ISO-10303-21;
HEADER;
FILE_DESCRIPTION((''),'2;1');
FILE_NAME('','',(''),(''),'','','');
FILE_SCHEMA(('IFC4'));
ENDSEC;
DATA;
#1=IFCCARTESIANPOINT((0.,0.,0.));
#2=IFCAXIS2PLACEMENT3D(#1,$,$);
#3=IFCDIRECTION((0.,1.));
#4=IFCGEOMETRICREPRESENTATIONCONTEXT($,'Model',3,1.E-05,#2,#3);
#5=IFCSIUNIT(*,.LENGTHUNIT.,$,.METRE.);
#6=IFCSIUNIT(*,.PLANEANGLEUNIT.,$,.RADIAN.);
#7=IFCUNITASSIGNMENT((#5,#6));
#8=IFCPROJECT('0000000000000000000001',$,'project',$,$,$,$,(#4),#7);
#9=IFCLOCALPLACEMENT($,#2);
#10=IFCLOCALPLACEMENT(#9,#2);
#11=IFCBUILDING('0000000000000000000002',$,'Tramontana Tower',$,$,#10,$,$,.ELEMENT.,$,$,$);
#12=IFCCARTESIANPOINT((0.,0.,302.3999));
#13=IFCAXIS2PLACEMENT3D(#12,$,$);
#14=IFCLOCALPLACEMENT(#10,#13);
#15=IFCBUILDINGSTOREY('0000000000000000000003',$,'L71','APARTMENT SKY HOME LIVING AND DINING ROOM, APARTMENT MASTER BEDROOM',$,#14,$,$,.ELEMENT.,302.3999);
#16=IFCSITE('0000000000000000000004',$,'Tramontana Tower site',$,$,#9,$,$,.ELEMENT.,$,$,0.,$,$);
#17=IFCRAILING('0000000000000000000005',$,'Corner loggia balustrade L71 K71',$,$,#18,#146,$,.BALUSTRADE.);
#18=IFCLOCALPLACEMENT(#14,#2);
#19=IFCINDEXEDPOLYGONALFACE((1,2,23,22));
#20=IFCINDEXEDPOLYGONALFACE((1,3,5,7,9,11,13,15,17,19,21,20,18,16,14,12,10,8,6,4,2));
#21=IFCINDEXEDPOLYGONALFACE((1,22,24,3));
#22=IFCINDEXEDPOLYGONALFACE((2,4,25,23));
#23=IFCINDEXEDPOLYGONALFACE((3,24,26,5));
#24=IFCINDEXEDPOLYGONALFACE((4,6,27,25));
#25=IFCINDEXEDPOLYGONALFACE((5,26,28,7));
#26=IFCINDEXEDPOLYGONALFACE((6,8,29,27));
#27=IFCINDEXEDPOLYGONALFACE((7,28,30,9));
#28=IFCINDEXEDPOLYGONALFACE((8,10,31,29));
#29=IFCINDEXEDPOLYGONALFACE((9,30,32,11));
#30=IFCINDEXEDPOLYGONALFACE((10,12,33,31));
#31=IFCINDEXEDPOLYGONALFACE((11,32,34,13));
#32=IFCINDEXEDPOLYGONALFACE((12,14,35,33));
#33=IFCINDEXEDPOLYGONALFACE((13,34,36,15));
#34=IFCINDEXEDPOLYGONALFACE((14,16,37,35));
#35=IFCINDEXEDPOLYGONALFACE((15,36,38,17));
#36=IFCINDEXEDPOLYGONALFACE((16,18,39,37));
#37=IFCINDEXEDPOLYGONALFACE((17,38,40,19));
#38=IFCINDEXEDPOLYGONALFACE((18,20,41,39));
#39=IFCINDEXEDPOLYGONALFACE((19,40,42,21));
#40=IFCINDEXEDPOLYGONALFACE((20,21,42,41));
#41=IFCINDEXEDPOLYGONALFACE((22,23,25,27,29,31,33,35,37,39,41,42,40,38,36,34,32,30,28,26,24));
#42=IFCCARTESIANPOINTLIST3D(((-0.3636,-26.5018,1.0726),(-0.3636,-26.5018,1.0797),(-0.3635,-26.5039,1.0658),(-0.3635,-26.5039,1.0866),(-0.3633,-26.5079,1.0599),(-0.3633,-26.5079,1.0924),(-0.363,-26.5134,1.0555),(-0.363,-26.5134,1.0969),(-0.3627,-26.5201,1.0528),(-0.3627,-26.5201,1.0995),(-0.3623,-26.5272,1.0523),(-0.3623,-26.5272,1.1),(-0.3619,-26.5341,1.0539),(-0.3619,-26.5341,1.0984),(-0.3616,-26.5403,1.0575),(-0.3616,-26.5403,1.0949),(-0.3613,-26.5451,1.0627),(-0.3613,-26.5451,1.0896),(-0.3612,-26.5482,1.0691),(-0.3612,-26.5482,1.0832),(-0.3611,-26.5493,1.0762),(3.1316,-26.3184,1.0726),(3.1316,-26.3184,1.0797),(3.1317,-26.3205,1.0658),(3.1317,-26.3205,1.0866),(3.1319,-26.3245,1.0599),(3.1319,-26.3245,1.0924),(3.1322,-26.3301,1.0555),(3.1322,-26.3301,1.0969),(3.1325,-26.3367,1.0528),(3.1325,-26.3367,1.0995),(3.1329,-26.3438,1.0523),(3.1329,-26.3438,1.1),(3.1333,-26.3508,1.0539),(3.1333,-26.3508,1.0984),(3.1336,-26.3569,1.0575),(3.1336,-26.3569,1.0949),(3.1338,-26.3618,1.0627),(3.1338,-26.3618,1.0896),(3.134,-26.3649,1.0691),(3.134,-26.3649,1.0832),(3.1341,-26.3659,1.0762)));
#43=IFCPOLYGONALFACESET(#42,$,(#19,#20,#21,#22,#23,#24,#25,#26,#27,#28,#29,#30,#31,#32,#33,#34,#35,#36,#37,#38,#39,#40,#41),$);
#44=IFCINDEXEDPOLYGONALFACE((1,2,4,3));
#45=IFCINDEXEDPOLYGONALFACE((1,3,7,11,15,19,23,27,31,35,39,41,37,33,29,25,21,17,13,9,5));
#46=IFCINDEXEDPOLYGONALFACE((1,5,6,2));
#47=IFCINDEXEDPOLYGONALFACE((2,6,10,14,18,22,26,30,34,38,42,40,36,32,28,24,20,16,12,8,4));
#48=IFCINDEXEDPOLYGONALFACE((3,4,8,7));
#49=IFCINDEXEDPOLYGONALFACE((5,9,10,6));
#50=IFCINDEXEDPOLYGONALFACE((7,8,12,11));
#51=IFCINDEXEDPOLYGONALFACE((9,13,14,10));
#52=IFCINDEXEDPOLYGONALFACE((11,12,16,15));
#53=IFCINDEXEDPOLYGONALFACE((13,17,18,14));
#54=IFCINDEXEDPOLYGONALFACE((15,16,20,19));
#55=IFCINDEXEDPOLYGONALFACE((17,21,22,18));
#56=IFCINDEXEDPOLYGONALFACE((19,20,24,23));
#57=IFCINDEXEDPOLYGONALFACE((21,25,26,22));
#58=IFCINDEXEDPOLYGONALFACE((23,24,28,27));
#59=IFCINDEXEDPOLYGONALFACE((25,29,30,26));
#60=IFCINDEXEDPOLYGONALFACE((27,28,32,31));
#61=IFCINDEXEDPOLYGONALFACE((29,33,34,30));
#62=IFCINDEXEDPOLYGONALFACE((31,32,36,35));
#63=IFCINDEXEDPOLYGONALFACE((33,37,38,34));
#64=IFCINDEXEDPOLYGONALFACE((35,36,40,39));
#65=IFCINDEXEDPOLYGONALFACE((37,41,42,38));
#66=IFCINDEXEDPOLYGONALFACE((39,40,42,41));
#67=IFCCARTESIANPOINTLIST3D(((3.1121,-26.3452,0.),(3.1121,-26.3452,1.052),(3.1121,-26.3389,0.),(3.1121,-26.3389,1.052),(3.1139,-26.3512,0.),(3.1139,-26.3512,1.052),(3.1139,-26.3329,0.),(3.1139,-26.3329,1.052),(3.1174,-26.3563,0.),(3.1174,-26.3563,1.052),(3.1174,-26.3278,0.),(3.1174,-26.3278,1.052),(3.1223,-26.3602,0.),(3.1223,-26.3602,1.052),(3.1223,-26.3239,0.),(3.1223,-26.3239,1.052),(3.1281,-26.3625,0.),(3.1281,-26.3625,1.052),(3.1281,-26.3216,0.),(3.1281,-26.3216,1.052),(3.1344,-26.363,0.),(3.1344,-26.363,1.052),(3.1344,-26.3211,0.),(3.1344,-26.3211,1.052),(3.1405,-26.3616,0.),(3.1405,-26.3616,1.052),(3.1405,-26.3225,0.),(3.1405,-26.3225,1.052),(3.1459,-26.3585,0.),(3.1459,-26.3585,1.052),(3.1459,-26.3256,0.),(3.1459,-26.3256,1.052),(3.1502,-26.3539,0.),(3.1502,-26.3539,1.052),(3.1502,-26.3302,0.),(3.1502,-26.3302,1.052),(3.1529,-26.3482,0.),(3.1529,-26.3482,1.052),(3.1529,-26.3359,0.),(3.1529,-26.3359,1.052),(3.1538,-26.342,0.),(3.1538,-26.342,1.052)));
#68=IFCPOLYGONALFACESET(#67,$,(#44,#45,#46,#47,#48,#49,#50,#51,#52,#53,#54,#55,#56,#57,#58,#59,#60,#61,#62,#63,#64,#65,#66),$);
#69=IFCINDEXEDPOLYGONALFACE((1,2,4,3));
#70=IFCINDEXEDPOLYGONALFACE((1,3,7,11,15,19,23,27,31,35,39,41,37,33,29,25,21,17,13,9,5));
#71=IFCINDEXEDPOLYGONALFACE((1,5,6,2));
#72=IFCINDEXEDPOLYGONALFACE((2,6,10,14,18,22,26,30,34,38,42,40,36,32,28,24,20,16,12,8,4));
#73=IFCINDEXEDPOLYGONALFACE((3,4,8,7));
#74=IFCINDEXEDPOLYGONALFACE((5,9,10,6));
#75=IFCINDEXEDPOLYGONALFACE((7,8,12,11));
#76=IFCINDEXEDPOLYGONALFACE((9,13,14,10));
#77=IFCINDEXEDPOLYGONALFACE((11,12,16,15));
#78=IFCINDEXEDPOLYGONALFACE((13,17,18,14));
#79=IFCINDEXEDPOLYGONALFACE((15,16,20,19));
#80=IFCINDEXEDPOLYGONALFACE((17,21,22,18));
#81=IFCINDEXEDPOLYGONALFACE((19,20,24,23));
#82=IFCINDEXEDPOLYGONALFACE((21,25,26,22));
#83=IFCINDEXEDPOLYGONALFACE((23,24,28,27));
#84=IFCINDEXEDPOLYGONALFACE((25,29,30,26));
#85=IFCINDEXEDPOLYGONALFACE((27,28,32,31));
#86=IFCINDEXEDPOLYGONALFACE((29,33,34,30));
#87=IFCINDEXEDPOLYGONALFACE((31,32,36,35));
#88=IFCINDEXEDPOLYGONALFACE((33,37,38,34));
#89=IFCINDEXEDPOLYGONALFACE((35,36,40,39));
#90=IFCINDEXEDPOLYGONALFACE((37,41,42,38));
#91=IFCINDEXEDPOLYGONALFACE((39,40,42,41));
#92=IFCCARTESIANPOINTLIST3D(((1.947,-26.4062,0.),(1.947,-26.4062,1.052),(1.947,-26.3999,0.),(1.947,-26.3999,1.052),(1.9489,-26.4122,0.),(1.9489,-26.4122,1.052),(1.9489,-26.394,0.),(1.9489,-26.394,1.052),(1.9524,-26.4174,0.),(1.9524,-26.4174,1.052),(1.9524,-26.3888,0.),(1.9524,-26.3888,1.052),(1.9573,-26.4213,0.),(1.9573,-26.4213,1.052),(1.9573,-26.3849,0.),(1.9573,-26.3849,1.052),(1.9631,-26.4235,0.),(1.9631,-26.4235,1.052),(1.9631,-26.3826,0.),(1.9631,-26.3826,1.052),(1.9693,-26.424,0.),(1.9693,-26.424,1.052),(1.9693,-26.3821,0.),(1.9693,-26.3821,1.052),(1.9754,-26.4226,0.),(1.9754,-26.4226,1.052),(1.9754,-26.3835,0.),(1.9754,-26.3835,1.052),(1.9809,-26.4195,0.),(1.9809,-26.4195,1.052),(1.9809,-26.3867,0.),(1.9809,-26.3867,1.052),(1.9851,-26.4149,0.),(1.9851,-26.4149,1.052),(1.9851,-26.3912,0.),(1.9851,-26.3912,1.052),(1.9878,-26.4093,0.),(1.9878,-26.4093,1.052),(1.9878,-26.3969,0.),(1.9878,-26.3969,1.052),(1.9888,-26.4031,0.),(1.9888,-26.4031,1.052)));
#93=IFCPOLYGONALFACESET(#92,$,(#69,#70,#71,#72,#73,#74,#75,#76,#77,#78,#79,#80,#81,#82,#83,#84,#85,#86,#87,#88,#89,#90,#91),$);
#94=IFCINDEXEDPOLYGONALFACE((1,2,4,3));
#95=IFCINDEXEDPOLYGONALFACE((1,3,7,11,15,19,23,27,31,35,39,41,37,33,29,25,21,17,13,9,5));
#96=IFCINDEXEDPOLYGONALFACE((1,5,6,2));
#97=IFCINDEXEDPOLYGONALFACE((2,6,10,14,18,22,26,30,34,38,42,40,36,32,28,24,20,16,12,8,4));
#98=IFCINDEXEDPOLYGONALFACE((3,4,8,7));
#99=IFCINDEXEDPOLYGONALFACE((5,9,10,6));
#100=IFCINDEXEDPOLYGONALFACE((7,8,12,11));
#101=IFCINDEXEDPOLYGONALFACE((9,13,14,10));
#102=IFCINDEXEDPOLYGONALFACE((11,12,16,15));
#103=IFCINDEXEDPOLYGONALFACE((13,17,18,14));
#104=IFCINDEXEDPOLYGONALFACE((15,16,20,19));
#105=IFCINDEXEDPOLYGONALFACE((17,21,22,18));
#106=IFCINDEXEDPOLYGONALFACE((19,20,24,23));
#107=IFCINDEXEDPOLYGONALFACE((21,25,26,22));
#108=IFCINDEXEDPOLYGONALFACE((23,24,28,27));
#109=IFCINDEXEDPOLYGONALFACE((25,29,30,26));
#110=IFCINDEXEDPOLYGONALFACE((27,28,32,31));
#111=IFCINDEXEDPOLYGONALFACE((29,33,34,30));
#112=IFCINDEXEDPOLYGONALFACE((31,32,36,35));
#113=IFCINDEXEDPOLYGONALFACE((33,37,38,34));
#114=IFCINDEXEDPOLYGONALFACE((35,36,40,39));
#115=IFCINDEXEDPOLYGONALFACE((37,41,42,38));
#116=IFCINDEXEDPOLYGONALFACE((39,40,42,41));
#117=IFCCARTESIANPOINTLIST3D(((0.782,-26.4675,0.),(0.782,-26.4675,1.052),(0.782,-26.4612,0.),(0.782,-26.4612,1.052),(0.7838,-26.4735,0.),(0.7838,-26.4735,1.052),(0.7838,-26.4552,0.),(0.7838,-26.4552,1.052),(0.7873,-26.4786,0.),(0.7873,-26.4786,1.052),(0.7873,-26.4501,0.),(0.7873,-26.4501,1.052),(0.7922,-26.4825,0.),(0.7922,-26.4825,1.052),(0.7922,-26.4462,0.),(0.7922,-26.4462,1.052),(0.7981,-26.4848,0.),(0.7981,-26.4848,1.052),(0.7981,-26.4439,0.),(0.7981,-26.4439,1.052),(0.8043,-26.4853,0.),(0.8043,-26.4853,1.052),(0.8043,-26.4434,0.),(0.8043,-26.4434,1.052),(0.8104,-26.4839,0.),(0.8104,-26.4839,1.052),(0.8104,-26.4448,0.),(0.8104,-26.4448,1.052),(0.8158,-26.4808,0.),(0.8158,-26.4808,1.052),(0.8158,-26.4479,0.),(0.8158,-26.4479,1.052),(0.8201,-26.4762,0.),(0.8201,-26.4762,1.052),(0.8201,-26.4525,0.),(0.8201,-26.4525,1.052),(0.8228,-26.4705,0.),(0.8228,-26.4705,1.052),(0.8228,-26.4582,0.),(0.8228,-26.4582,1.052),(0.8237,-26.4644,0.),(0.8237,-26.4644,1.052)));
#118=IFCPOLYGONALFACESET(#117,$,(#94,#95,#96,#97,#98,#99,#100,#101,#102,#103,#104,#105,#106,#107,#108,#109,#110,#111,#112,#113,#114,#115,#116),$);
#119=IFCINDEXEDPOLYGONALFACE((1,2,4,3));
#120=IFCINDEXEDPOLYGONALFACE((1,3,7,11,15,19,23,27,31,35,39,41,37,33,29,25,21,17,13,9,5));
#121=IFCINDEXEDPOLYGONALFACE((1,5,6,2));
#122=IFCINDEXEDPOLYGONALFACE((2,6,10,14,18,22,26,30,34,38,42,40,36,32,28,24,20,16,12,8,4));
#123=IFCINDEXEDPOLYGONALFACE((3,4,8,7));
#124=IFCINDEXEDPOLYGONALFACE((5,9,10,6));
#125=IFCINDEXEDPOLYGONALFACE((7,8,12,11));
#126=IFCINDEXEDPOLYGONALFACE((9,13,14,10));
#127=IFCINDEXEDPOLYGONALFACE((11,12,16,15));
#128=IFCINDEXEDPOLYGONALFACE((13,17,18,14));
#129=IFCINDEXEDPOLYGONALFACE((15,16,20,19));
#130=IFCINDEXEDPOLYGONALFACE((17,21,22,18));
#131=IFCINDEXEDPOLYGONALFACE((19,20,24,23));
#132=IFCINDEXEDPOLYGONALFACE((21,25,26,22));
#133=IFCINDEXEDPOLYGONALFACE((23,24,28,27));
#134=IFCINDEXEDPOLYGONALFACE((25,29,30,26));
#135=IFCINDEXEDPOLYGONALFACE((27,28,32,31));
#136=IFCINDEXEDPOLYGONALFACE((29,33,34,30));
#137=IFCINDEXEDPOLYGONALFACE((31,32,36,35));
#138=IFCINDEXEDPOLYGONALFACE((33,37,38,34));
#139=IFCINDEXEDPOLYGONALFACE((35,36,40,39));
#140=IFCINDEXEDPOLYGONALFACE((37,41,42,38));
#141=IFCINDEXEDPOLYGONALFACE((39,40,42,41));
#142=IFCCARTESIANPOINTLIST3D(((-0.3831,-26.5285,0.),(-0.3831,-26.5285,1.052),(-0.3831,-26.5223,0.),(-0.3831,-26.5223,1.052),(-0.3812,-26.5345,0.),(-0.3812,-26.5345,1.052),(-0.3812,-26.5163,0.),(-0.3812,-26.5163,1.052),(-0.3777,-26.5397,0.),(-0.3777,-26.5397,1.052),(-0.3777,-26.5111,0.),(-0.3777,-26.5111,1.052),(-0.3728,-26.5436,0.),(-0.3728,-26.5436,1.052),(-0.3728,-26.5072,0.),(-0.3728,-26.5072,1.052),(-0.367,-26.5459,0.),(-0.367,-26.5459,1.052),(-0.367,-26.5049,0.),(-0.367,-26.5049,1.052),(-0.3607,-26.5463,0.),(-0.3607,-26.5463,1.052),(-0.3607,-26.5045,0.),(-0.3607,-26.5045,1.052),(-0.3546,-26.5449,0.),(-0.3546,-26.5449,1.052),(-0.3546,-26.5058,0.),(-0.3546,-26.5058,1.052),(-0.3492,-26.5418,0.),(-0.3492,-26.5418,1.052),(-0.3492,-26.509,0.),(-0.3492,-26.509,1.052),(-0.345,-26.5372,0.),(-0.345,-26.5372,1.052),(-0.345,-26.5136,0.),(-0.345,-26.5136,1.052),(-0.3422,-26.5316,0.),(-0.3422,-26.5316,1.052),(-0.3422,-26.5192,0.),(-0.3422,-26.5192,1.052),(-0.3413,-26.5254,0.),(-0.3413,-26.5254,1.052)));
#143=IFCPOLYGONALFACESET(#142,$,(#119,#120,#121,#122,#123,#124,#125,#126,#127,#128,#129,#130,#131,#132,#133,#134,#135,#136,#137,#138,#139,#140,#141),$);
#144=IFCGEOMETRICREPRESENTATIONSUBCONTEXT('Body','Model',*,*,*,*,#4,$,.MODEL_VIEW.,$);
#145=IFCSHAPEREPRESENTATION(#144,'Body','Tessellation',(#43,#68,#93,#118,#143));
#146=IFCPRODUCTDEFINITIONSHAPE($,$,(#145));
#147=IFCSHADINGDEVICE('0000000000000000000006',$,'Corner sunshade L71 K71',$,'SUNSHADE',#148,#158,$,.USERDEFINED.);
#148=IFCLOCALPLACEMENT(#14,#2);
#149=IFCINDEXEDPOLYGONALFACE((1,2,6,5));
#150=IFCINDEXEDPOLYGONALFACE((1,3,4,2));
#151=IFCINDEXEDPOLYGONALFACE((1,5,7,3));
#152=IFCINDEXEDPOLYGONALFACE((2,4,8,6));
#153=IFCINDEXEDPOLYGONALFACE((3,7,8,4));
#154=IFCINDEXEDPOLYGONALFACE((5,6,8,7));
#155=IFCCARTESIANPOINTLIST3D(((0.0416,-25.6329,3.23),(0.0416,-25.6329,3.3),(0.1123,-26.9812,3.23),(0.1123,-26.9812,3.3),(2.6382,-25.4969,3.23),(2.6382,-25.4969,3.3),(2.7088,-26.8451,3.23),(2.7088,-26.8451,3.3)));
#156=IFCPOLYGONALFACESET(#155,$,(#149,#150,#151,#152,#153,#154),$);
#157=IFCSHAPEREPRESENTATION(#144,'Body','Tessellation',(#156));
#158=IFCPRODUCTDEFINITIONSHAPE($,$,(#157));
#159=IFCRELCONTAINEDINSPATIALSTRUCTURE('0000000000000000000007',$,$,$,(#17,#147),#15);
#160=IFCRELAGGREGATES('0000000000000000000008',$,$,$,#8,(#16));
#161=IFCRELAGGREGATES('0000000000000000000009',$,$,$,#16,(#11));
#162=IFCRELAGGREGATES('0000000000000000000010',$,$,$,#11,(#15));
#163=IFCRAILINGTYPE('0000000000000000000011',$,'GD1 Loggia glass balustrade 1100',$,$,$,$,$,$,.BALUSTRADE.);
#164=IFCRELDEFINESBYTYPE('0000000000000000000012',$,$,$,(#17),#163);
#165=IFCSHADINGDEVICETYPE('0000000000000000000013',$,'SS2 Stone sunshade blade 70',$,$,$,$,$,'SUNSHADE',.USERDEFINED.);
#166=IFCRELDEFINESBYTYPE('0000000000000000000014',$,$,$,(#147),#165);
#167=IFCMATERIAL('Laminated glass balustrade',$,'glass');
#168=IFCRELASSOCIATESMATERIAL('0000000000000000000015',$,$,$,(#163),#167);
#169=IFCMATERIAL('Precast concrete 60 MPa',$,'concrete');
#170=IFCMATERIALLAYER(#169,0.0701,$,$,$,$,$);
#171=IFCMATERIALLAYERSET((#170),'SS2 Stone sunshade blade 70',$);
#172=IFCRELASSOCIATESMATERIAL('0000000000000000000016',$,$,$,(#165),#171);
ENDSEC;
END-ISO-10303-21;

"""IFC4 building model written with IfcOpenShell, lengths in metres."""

from ifc_helpers import new_model, si_unit, direction, frame, origin, origin_2d, place, context, subcontext, project, spatial, rectangle, circle, extrude, material, layer, layer_set, type_object, element, save


model = new_model("IFC4")

# Units and contexts
model_context = context("Model", 3, precision=1e-05, world=origin(), true_north=direction((0.0, 1.0)))
body_context = subcontext(model_context, "Body", "Model", "MODEL_VIEW")
ifc_project = project(units=[si_unit("LENGTHUNIT", "METRE"), si_unit("PLANEANGLEUNIT", "RADIAN")], contexts=[model_context])

# Site, building, storey
site_placement = place(None, origin())
site = spatial("IfcSite", under=ifc_project, at=site_placement, Name="Tramontana Tower site", CompositionType="ELEMENT", RefElevation=0.0)
building_placement = place(site_placement, origin())
building = spatial("IfcBuilding", under=site, at=building_placement, Name="Tramontana Tower", CompositionType="ELEMENT")
storey_placement = place(building_placement, frame((0.0, 0.0, 302.3999)))
storey = spatial("IfcBuildingStorey", under=building, at=storey_placement, Name="L71", Description="APARTMENT SKY HOME LIVING AND DINING ROOM, APARTMENT MASTER BEDROOM", CompositionType="ELEMENT", Elevation=302.3999)

# Railing
ifc_material_1 = material(Name="Laminated glass balustrade", Category="glass")
railing_type = type_object("IfcRailingType", Name="GD1 Loggia glass balustrade 1100", PredefinedType="BALUSTRADE", material=ifc_material_1)
railing_1_placement = place(storey_placement, frame((3.1328, -26.342, 0.0)))
element("IfcRailing", 1, at=railing_1_placement, inside=storey, type_object=railing_type, Name="Corner loggia balustrade L71 K71", PredefinedType="BALUSTRADE", context=body_context, shape_type="SweptSolid", body=[
    extrude(circle(Radius=0.0239, at=origin_2d()), frame((0.0, 0.0, 1.0762), z_axis=(-0.998627, -0.052387, 0.0), x_axis=(0.052387, -0.998627, 0.0)), (0.0, 0.0, 1.0), 3.5),
    extrude(circle(Radius=0.021, at=origin_2d()), origin(), (0.0, 0.0, 1.0), 1.052),
    extrude(circle(Radius=0.021, at=origin_2d()), frame((-1.165, -0.061, 0.0)), (0.0, 0.0, 1.0), 1.052),
    extrude(circle(Radius=0.021, at=origin_2d()), frame((-2.3301, -0.1223, 0.0)), (0.0, 0.0, 1.0), 1.052),
    extrude(circle(Radius=0.021, at=origin_2d()), frame((-3.4951, -0.1833, 0.0)), (0.0, 0.0, 1.0), 1.052),
])

# Shading device
ifc_material_2 = material(Name="Precast concrete 60 MPa", Category="concrete")
ifc_layer_1 = layer(ifc_material_2, 0.0701)
ifc_layer_set_1 = layer_set([ifc_layer_1], Name="SS2 Stone sunshade blade 70")
shading_device_type = type_object("IfcShadingDeviceType", Name="SS2 Stone sunshade blade 70", ElementType="SUNSHADE", PredefinedType="USERDEFINED", material=ifc_layer_set_1)
shading_device_placement = place(storey_placement, frame((1.3752, -26.239, 3.23), z_axis=(0.0, 0.0, 1.0), x_axis=(-0.99863, -0.052336, 0.0)))
element("IfcShadingDevice", 2, at=shading_device_placement, inside=storey, type_object=shading_device_type, Name="Corner sunshade L71 K71", ObjectType="SUNSHADE", PredefinedType="USERDEFINED", context=body_context, shape_type="SweptSolid", body=[
    extrude(rectangle(XDim=2.6001, YDim=1.3501, at=origin_2d()), origin(), (0.0, 0.0, 1.0), 0.0701),
])

save(model, "model.ifc")
